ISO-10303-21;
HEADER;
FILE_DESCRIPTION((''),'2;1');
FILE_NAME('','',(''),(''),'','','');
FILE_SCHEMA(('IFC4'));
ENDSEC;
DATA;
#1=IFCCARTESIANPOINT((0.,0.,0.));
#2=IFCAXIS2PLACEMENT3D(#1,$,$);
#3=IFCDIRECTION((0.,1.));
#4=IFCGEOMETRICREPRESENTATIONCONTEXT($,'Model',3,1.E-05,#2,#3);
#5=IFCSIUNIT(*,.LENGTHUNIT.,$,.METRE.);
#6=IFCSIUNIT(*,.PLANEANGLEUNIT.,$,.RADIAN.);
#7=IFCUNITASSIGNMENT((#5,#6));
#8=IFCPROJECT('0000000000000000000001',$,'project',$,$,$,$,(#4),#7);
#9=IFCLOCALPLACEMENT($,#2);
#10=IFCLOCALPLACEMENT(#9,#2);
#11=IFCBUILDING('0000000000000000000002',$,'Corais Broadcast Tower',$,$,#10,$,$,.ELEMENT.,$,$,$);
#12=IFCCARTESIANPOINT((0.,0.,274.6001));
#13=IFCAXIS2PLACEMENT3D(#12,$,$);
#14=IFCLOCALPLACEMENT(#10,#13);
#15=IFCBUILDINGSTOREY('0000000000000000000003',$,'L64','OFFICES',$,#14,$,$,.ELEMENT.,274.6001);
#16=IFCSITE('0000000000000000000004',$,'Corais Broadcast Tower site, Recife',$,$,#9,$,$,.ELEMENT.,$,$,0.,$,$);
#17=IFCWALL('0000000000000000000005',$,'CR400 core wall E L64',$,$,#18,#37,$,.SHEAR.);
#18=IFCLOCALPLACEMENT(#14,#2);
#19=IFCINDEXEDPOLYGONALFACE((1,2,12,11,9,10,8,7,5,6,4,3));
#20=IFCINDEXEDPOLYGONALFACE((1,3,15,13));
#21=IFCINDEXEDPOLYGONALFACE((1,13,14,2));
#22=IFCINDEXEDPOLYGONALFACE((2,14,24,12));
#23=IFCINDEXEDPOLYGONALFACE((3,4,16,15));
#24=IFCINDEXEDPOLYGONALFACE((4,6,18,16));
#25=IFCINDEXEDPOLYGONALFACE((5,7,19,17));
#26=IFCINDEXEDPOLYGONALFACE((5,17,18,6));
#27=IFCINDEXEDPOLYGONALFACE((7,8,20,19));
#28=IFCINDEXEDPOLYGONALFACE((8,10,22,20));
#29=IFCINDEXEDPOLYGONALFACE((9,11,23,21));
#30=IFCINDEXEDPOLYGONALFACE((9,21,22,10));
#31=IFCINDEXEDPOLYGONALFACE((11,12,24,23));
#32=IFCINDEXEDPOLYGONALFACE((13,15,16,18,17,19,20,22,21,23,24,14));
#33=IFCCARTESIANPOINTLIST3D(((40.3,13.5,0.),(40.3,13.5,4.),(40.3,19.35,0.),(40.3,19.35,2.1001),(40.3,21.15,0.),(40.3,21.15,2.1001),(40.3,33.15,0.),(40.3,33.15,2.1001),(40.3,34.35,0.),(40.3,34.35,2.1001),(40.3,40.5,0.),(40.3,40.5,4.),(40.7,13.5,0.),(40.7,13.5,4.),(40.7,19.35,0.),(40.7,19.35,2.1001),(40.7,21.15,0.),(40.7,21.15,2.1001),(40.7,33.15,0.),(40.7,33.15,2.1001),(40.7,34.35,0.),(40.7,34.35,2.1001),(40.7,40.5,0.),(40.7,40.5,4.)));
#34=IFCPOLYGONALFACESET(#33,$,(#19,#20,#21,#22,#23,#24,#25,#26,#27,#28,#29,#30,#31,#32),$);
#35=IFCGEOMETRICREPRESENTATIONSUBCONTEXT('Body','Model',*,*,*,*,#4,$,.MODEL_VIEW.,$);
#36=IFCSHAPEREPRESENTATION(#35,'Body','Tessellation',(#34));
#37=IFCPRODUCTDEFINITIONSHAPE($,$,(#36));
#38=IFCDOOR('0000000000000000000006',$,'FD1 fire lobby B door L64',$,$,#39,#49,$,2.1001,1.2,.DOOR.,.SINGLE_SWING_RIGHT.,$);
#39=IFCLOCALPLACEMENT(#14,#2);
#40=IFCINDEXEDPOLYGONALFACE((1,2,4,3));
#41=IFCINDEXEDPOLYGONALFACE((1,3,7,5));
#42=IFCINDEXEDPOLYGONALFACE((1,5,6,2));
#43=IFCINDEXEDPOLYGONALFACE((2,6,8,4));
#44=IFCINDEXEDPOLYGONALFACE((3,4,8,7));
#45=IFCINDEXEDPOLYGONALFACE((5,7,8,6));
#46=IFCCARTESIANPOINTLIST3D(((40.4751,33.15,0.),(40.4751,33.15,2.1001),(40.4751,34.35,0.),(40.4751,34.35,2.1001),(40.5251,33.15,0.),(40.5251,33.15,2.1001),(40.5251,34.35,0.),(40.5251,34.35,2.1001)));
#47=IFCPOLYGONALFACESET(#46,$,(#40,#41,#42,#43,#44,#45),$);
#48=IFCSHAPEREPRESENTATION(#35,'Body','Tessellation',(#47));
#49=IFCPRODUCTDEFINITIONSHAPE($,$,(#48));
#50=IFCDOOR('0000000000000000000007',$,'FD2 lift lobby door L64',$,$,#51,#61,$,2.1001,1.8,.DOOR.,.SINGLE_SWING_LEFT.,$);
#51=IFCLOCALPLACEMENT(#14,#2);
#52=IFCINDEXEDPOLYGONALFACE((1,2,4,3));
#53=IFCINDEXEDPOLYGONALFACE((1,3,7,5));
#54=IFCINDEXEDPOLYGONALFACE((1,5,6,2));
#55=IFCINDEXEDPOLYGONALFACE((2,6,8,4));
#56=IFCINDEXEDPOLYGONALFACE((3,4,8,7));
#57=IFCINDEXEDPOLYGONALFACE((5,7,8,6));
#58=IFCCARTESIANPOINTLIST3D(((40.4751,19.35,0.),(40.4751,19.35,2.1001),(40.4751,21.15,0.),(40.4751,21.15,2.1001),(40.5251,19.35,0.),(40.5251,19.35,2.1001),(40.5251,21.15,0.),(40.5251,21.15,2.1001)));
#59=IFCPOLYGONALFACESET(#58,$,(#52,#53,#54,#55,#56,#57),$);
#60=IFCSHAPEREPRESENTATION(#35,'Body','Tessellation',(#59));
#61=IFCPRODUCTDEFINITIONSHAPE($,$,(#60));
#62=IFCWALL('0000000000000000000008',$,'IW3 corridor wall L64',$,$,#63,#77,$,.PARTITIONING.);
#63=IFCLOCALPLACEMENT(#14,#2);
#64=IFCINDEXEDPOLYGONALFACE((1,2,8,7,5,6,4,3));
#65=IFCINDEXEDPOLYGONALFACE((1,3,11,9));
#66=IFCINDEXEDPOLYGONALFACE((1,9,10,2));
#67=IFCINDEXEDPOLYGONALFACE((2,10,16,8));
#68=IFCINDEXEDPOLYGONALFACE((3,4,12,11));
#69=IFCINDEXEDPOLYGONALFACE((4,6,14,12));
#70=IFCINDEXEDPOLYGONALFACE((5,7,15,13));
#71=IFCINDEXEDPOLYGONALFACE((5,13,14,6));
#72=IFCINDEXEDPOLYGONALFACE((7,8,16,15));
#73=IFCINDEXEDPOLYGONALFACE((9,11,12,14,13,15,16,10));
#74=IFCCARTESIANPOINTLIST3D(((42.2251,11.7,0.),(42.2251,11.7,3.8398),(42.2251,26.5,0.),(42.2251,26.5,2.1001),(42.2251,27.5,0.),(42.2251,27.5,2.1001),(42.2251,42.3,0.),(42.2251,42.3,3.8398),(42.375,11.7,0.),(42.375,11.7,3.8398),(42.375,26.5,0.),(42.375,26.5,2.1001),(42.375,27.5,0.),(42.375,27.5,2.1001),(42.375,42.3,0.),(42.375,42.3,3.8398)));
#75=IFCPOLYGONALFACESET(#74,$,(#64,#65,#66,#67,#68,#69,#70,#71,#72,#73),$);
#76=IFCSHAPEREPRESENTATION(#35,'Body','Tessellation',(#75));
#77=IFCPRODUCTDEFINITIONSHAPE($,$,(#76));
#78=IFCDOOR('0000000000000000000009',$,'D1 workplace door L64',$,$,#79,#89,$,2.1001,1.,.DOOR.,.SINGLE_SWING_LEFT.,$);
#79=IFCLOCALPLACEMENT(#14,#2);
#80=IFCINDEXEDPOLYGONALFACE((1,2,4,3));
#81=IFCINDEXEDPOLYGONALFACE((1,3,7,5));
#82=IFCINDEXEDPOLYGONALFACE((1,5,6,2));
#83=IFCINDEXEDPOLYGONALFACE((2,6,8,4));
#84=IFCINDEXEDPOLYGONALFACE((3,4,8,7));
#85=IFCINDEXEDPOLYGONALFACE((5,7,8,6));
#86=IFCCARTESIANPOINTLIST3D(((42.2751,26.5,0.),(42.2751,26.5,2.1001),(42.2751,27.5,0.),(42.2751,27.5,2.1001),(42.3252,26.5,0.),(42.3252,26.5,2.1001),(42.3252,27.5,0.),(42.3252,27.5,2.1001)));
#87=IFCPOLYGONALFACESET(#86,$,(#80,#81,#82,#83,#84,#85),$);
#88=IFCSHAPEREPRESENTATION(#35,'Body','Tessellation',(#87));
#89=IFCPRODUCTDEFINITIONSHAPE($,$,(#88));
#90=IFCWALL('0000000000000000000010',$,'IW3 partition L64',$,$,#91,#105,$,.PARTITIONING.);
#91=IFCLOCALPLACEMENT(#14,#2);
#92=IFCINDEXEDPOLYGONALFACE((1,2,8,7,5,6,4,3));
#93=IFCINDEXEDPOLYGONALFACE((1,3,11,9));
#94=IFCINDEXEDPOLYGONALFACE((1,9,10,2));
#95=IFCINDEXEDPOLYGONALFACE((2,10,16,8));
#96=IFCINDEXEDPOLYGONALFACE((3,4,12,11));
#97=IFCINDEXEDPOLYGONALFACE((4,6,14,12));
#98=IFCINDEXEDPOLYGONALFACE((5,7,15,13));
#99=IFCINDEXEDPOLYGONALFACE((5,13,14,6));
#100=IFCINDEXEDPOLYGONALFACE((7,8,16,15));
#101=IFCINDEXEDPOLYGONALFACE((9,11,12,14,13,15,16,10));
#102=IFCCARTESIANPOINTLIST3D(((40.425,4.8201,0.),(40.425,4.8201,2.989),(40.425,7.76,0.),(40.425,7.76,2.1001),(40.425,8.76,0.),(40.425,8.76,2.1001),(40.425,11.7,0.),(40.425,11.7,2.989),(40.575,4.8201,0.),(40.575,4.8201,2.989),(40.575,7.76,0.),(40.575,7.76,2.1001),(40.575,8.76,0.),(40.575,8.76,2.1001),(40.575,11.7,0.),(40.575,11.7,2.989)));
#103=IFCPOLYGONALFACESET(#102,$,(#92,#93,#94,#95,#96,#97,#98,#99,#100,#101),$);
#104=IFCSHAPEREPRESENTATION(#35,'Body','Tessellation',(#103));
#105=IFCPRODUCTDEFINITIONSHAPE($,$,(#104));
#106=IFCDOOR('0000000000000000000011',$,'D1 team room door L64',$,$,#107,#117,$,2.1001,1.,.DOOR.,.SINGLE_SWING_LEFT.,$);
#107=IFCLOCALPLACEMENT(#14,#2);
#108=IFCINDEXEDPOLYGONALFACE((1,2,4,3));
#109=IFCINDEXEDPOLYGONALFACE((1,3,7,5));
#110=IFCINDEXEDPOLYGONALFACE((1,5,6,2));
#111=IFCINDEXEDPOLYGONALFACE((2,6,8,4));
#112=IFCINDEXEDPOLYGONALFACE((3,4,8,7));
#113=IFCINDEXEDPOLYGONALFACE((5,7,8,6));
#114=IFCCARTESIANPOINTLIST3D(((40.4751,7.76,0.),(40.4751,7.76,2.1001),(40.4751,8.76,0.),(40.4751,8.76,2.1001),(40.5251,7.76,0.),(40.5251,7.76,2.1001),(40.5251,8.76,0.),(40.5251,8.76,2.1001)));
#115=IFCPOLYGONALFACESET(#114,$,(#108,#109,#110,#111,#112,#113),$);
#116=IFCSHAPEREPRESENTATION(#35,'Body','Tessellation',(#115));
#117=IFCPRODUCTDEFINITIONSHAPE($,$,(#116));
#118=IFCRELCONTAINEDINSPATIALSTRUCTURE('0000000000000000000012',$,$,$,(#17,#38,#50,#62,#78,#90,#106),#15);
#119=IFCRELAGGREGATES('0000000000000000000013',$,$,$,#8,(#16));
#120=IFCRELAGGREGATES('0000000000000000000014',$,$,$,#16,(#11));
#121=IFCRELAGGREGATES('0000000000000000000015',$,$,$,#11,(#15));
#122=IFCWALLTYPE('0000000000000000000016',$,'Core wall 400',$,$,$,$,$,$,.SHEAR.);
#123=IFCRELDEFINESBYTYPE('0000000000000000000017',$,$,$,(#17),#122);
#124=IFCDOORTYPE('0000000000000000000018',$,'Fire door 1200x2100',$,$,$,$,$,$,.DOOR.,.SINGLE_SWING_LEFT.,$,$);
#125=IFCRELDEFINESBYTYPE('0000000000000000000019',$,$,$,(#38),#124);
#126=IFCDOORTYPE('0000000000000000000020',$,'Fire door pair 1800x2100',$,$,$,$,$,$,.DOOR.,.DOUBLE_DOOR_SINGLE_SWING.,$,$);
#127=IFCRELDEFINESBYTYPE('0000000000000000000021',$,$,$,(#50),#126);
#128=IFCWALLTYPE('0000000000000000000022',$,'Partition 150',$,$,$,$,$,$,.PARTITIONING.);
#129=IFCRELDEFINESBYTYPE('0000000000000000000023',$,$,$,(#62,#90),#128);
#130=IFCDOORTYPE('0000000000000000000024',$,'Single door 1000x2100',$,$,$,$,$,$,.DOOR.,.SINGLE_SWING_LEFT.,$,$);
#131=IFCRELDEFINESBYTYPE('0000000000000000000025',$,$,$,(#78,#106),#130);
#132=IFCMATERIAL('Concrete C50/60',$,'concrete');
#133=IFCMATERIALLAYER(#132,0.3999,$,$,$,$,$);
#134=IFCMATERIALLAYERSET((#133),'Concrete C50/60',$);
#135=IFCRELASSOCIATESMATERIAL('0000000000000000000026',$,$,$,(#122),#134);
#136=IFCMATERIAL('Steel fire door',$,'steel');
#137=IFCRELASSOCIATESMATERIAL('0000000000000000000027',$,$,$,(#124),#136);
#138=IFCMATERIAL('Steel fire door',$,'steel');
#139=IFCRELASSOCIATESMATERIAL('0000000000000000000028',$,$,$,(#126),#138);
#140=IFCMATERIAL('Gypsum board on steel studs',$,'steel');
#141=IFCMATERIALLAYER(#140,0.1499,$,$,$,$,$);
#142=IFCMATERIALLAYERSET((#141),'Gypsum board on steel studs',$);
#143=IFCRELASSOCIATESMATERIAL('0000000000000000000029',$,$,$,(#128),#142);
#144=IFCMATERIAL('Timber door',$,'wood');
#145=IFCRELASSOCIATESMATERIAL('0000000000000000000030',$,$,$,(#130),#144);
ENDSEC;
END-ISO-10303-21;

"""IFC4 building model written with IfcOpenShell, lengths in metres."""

from ifc_helpers import new_model, si_unit, direction, frame, frame_2d, origin, place, context, subcontext, project, spatial, rectangle, extrude, material, layer, layer_set, type_object, element, fill, save


model = new_model("IFC4")

# Units and contexts
model_context = context("Model", 3, precision=1e-05, world=origin(), true_north=direction((0.0, 1.0)))
body_context = subcontext(model_context, "Body", "Model", "MODEL_VIEW")
ifc_project = project(units=[si_unit("LENGTHUNIT", "METRE"), si_unit("PLANEANGLEUNIT", "RADIAN")], contexts=[model_context])

# Site, building, storey
site_placement = place(None, origin())
site = spatial("IfcSite", under=ifc_project, at=site_placement, Name="Corais Broadcast Tower site, Recife", CompositionType="ELEMENT", RefElevation=0.0)
building_placement = place(site_placement, origin())
building = spatial("IfcBuilding", under=site, at=building_placement, Name="Corais Broadcast Tower", CompositionType="ELEMENT")
storey_placement = place(building_placement, frame((0.0, 0.0, 274.6001)))
storey = spatial("IfcBuildingStorey", under=building, at=storey_placement, Name="L64", Description="OFFICES", CompositionType="ELEMENT", Elevation=274.6001)

# Wall, openings, doors
ifc_material_1 = material(Name="Concrete C50/60", Category="concrete")
ifc_layer_1 = layer(ifc_material_1, 0.3999)
ifc_layer_set_1 = layer_set([ifc_layer_1], Name="Concrete C50/60")
wall_type_1 = type_object("IfcWallType", Name="Core wall 400", PredefinedType="SHEAR", material=ifc_layer_set_1)
wall_1_placement = place(storey_placement, frame((40.5, 13.5, 0.0), z_axis=(0.0, 0.0, 1.0), x_axis=(0.0, 1.0, 0.0)))
wall_1 = element("IfcWall", 1, at=wall_1_placement, inside=storey, type_object=wall_type_1, Name="CR400 core wall E L64", PredefinedType="SHEAR", context=body_context, shape_type="SweptSolid", body=[
    extrude(rectangle(XDim=27.0, YDim=0.3999, at=frame_2d((13.5, 0.0))), origin(), (0.0, 0.0, 1.0), 4.0),
])
opening_1_placement = place(wall_1_placement, frame((5.8501, 0.0, 0.0)))
opening_1 = element("IfcOpeningElement", 2, at=opening_1_placement, cuts=wall_1, PredefinedType="OPENING", context=body_context, shape_type="SweptSolid", body=[
    extrude(rectangle(XDim=1.8, YDim=2.1001, at=frame_2d((0.8999, 1.05))), frame((0.0, 0.21, 0.0), z_axis=(0.0, -1.0, 0.0), x_axis=(1.0, 0.0, 0.0)), (0.0, 0.0, 1.0), 0.4199),
])
opening_2_placement = place(wall_1_placement, frame((19.6499, 0.0, 0.0)))
opening_2 = element("IfcOpeningElement", 3, at=opening_2_placement, cuts=wall_1, PredefinedType="OPENING", context=body_context, shape_type="SweptSolid", body=[
    extrude(rectangle(XDim=1.2, YDim=2.1001, at=frame_2d((0.6001, 1.05))), frame((0.0, 0.21, 0.0), z_axis=(0.0, -1.0, 0.0), x_axis=(1.0, 0.0, 0.0)), (0.0, 0.0, 1.0), 0.4199),
])
ifc_material_2 = material(Name="Steel fire door", Category="steel")
door_type_1 = type_object("IfcDoorType", Name="Fire door 1200x2100", OperationType="SINGLE_SWING_LEFT", PredefinedType="DOOR", material=ifc_material_2)
door_1_placement = place(opening_2_placement, origin())
door_1 = element("IfcDoor", 4, at=door_1_placement, inside=storey, type_object=door_type_1, Name="FD1 fire lobby B door L64", OperationType="SINGLE_SWING_RIGHT", OverallHeight=2.1001, OverallWidth=1.2, PredefinedType="DOOR", context=body_context, shape_type="SweptSolid", body=[
    extrude(rectangle(XDim=1.2, YDim=2.1001, at=frame_2d((0.6001, 1.05))), frame((0.0, 0.0249, 0.0), z_axis=(0.0, -1.0, 0.0), x_axis=(1.0, 0.0, 0.0)), (0.0, 0.0, 1.0), 0.05),
])
fill(opening_2, door_1)
ifc_material_3 = material(Name="Steel fire door", Category="steel")
door_type_2 = type_object("IfcDoorType", Name="Fire door pair 1800x2100", OperationType="DOUBLE_DOOR_SINGLE_SWING", PredefinedType="DOOR", material=ifc_material_3)
door_2_placement = place(opening_1_placement, origin())
door_2 = element("IfcDoor", 5, at=door_2_placement, inside=storey, type_object=door_type_2, Name="FD2 lift lobby door L64", OperationType="SINGLE_SWING_LEFT", OverallHeight=2.1001, OverallWidth=1.8, PredefinedType="DOOR", context=body_context, shape_type="SweptSolid", body=[
    extrude(rectangle(XDim=1.8, YDim=2.1001, at=frame_2d((0.8999, 1.05))), frame((0.0, 0.0249, 0.0), z_axis=(0.0, -1.0, 0.0), x_axis=(1.0, 0.0, 0.0)), (0.0, 0.0, 1.0), 0.05),
])
fill(opening_1, door_2)

# Walls, openings, doors
ifc_material_4 = material(Name="Gypsum board on steel studs", Category="steel")
ifc_layer_2 = layer(ifc_material_4, 0.1499)
ifc_layer_set_2 = layer_set([ifc_layer_2], Name="Gypsum board on steel studs")
wall_type_2 = type_object("IfcWallType", Name="Partition 150", PredefinedType="PARTITIONING", material=ifc_layer_set_2)
wall_2_placement = place(storey_placement, frame((42.3, 11.7, 0.0), z_axis=(0.0, 0.0, 1.0), x_axis=(0.0, 1.0, 0.0)))
wall_2 = element("IfcWall", 6, at=wall_2_placement, inside=storey, type_object=wall_type_2, Name="IW3 corridor wall L64", PredefinedType="PARTITIONING", context=body_context, shape_type="SweptSolid", body=[
    extrude(rectangle(XDim=30.6001, YDim=0.1499, at=frame_2d((15.3, 0.0))), origin(), (0.0, 0.0, 1.0), 3.8398),
])
opening_3_placement = place(wall_2_placement, frame((14.8, 0.0, 0.0)))
opening_3 = element("IfcOpeningElement", 7, at=opening_3_placement, cuts=wall_2, PredefinedType="OPENING", context=body_context, shape_type="SweptSolid", body=[
    extrude(rectangle(XDim=1.0, YDim=2.1001, at=frame_2d((0.5, 1.05))), frame((0.0, 0.085, 0.0), z_axis=(0.0, -1.0, 0.0), x_axis=(1.0, 0.0, 0.0)), (0.0, 0.0, 1.0), 0.1699),
])
ifc_material_5 = material(Name="Timber door", Category="wood")
door_type_3 = type_object("IfcDoorType", Name="Single door 1000x2100", OperationType="SINGLE_SWING_LEFT", PredefinedType="DOOR", material=ifc_material_5)
door_3_placement = place(opening_3_placement, origin())
door_3 = element("IfcDoor", 8, at=door_3_placement, inside=storey, type_object=door_type_3, Name="D1 workplace door L64", OperationType="SINGLE_SWING_LEFT", OverallHeight=2.1001, OverallWidth=1.0, PredefinedType="DOOR", context=body_context, shape_type="SweptSolid", body=[
    extrude(rectangle(XDim=1.0, YDim=2.1001, at=frame_2d((0.5, 1.05))), frame((0.0, 0.0249, 0.0), z_axis=(0.0, -1.0, 0.0), x_axis=(1.0, 0.0, 0.0)), (0.0, 0.0, 1.0), 0.05),
])
fill(opening_3, door_3)
wall_3_placement = place(storey_placement, frame((40.5, 4.8201, 0.0), z_axis=(0.0, 0.0, 1.0), x_axis=(0.0, 1.0, 0.0)))
wall_3 = element("IfcWall", 9, at=wall_3_placement, inside=storey, type_object=wall_type_2, Name="IW3 partition L64", PredefinedType="PARTITIONING", context=body_context, shape_type="SweptSolid", body=[
    extrude(rectangle(XDim=6.8799, YDim=0.1499, at=frame_2d((3.4399, 0.0))), origin(), (0.0, 0.0, 1.0), 2.989),
])
opening_4_placement = place(wall_3_placement, frame((2.9399, 0.0, 0.0)))
opening_4 = element("IfcOpeningElement", 10, at=opening_4_placement, cuts=wall_3, PredefinedType="OPENING", context=body_context, shape_type="SweptSolid", body=[
    extrude(rectangle(XDim=1.0, YDim=2.1001, at=frame_2d((0.5, 1.05))), frame((0.0, 0.085, 0.0), z_axis=(0.0, -1.0, 0.0), x_axis=(1.0, 0.0, 0.0)), (0.0, 0.0, 1.0), 0.1699),
])
door_4_placement = place(opening_4_placement, origin())
door_4 = element("IfcDoor", 11, at=door_4_placement, inside=storey, type_object=door_type_3, Name="D1 team room door L64", OperationType="SINGLE_SWING_LEFT", OverallHeight=2.1001, OverallWidth=1.0, PredefinedType="DOOR", context=body_context, shape_type="SweptSolid", body=[
    extrude(rectangle(XDim=1.0, YDim=2.1001, at=frame_2d((0.5, 1.05))), frame((0.0, 0.0249, 0.0), z_axis=(0.0, -1.0, 0.0), x_axis=(1.0, 0.0, 0.0)), (0.0, 0.0, 1.0), 0.05),
])
fill(opening_4, door_4)

save(model, "model.ifc")
